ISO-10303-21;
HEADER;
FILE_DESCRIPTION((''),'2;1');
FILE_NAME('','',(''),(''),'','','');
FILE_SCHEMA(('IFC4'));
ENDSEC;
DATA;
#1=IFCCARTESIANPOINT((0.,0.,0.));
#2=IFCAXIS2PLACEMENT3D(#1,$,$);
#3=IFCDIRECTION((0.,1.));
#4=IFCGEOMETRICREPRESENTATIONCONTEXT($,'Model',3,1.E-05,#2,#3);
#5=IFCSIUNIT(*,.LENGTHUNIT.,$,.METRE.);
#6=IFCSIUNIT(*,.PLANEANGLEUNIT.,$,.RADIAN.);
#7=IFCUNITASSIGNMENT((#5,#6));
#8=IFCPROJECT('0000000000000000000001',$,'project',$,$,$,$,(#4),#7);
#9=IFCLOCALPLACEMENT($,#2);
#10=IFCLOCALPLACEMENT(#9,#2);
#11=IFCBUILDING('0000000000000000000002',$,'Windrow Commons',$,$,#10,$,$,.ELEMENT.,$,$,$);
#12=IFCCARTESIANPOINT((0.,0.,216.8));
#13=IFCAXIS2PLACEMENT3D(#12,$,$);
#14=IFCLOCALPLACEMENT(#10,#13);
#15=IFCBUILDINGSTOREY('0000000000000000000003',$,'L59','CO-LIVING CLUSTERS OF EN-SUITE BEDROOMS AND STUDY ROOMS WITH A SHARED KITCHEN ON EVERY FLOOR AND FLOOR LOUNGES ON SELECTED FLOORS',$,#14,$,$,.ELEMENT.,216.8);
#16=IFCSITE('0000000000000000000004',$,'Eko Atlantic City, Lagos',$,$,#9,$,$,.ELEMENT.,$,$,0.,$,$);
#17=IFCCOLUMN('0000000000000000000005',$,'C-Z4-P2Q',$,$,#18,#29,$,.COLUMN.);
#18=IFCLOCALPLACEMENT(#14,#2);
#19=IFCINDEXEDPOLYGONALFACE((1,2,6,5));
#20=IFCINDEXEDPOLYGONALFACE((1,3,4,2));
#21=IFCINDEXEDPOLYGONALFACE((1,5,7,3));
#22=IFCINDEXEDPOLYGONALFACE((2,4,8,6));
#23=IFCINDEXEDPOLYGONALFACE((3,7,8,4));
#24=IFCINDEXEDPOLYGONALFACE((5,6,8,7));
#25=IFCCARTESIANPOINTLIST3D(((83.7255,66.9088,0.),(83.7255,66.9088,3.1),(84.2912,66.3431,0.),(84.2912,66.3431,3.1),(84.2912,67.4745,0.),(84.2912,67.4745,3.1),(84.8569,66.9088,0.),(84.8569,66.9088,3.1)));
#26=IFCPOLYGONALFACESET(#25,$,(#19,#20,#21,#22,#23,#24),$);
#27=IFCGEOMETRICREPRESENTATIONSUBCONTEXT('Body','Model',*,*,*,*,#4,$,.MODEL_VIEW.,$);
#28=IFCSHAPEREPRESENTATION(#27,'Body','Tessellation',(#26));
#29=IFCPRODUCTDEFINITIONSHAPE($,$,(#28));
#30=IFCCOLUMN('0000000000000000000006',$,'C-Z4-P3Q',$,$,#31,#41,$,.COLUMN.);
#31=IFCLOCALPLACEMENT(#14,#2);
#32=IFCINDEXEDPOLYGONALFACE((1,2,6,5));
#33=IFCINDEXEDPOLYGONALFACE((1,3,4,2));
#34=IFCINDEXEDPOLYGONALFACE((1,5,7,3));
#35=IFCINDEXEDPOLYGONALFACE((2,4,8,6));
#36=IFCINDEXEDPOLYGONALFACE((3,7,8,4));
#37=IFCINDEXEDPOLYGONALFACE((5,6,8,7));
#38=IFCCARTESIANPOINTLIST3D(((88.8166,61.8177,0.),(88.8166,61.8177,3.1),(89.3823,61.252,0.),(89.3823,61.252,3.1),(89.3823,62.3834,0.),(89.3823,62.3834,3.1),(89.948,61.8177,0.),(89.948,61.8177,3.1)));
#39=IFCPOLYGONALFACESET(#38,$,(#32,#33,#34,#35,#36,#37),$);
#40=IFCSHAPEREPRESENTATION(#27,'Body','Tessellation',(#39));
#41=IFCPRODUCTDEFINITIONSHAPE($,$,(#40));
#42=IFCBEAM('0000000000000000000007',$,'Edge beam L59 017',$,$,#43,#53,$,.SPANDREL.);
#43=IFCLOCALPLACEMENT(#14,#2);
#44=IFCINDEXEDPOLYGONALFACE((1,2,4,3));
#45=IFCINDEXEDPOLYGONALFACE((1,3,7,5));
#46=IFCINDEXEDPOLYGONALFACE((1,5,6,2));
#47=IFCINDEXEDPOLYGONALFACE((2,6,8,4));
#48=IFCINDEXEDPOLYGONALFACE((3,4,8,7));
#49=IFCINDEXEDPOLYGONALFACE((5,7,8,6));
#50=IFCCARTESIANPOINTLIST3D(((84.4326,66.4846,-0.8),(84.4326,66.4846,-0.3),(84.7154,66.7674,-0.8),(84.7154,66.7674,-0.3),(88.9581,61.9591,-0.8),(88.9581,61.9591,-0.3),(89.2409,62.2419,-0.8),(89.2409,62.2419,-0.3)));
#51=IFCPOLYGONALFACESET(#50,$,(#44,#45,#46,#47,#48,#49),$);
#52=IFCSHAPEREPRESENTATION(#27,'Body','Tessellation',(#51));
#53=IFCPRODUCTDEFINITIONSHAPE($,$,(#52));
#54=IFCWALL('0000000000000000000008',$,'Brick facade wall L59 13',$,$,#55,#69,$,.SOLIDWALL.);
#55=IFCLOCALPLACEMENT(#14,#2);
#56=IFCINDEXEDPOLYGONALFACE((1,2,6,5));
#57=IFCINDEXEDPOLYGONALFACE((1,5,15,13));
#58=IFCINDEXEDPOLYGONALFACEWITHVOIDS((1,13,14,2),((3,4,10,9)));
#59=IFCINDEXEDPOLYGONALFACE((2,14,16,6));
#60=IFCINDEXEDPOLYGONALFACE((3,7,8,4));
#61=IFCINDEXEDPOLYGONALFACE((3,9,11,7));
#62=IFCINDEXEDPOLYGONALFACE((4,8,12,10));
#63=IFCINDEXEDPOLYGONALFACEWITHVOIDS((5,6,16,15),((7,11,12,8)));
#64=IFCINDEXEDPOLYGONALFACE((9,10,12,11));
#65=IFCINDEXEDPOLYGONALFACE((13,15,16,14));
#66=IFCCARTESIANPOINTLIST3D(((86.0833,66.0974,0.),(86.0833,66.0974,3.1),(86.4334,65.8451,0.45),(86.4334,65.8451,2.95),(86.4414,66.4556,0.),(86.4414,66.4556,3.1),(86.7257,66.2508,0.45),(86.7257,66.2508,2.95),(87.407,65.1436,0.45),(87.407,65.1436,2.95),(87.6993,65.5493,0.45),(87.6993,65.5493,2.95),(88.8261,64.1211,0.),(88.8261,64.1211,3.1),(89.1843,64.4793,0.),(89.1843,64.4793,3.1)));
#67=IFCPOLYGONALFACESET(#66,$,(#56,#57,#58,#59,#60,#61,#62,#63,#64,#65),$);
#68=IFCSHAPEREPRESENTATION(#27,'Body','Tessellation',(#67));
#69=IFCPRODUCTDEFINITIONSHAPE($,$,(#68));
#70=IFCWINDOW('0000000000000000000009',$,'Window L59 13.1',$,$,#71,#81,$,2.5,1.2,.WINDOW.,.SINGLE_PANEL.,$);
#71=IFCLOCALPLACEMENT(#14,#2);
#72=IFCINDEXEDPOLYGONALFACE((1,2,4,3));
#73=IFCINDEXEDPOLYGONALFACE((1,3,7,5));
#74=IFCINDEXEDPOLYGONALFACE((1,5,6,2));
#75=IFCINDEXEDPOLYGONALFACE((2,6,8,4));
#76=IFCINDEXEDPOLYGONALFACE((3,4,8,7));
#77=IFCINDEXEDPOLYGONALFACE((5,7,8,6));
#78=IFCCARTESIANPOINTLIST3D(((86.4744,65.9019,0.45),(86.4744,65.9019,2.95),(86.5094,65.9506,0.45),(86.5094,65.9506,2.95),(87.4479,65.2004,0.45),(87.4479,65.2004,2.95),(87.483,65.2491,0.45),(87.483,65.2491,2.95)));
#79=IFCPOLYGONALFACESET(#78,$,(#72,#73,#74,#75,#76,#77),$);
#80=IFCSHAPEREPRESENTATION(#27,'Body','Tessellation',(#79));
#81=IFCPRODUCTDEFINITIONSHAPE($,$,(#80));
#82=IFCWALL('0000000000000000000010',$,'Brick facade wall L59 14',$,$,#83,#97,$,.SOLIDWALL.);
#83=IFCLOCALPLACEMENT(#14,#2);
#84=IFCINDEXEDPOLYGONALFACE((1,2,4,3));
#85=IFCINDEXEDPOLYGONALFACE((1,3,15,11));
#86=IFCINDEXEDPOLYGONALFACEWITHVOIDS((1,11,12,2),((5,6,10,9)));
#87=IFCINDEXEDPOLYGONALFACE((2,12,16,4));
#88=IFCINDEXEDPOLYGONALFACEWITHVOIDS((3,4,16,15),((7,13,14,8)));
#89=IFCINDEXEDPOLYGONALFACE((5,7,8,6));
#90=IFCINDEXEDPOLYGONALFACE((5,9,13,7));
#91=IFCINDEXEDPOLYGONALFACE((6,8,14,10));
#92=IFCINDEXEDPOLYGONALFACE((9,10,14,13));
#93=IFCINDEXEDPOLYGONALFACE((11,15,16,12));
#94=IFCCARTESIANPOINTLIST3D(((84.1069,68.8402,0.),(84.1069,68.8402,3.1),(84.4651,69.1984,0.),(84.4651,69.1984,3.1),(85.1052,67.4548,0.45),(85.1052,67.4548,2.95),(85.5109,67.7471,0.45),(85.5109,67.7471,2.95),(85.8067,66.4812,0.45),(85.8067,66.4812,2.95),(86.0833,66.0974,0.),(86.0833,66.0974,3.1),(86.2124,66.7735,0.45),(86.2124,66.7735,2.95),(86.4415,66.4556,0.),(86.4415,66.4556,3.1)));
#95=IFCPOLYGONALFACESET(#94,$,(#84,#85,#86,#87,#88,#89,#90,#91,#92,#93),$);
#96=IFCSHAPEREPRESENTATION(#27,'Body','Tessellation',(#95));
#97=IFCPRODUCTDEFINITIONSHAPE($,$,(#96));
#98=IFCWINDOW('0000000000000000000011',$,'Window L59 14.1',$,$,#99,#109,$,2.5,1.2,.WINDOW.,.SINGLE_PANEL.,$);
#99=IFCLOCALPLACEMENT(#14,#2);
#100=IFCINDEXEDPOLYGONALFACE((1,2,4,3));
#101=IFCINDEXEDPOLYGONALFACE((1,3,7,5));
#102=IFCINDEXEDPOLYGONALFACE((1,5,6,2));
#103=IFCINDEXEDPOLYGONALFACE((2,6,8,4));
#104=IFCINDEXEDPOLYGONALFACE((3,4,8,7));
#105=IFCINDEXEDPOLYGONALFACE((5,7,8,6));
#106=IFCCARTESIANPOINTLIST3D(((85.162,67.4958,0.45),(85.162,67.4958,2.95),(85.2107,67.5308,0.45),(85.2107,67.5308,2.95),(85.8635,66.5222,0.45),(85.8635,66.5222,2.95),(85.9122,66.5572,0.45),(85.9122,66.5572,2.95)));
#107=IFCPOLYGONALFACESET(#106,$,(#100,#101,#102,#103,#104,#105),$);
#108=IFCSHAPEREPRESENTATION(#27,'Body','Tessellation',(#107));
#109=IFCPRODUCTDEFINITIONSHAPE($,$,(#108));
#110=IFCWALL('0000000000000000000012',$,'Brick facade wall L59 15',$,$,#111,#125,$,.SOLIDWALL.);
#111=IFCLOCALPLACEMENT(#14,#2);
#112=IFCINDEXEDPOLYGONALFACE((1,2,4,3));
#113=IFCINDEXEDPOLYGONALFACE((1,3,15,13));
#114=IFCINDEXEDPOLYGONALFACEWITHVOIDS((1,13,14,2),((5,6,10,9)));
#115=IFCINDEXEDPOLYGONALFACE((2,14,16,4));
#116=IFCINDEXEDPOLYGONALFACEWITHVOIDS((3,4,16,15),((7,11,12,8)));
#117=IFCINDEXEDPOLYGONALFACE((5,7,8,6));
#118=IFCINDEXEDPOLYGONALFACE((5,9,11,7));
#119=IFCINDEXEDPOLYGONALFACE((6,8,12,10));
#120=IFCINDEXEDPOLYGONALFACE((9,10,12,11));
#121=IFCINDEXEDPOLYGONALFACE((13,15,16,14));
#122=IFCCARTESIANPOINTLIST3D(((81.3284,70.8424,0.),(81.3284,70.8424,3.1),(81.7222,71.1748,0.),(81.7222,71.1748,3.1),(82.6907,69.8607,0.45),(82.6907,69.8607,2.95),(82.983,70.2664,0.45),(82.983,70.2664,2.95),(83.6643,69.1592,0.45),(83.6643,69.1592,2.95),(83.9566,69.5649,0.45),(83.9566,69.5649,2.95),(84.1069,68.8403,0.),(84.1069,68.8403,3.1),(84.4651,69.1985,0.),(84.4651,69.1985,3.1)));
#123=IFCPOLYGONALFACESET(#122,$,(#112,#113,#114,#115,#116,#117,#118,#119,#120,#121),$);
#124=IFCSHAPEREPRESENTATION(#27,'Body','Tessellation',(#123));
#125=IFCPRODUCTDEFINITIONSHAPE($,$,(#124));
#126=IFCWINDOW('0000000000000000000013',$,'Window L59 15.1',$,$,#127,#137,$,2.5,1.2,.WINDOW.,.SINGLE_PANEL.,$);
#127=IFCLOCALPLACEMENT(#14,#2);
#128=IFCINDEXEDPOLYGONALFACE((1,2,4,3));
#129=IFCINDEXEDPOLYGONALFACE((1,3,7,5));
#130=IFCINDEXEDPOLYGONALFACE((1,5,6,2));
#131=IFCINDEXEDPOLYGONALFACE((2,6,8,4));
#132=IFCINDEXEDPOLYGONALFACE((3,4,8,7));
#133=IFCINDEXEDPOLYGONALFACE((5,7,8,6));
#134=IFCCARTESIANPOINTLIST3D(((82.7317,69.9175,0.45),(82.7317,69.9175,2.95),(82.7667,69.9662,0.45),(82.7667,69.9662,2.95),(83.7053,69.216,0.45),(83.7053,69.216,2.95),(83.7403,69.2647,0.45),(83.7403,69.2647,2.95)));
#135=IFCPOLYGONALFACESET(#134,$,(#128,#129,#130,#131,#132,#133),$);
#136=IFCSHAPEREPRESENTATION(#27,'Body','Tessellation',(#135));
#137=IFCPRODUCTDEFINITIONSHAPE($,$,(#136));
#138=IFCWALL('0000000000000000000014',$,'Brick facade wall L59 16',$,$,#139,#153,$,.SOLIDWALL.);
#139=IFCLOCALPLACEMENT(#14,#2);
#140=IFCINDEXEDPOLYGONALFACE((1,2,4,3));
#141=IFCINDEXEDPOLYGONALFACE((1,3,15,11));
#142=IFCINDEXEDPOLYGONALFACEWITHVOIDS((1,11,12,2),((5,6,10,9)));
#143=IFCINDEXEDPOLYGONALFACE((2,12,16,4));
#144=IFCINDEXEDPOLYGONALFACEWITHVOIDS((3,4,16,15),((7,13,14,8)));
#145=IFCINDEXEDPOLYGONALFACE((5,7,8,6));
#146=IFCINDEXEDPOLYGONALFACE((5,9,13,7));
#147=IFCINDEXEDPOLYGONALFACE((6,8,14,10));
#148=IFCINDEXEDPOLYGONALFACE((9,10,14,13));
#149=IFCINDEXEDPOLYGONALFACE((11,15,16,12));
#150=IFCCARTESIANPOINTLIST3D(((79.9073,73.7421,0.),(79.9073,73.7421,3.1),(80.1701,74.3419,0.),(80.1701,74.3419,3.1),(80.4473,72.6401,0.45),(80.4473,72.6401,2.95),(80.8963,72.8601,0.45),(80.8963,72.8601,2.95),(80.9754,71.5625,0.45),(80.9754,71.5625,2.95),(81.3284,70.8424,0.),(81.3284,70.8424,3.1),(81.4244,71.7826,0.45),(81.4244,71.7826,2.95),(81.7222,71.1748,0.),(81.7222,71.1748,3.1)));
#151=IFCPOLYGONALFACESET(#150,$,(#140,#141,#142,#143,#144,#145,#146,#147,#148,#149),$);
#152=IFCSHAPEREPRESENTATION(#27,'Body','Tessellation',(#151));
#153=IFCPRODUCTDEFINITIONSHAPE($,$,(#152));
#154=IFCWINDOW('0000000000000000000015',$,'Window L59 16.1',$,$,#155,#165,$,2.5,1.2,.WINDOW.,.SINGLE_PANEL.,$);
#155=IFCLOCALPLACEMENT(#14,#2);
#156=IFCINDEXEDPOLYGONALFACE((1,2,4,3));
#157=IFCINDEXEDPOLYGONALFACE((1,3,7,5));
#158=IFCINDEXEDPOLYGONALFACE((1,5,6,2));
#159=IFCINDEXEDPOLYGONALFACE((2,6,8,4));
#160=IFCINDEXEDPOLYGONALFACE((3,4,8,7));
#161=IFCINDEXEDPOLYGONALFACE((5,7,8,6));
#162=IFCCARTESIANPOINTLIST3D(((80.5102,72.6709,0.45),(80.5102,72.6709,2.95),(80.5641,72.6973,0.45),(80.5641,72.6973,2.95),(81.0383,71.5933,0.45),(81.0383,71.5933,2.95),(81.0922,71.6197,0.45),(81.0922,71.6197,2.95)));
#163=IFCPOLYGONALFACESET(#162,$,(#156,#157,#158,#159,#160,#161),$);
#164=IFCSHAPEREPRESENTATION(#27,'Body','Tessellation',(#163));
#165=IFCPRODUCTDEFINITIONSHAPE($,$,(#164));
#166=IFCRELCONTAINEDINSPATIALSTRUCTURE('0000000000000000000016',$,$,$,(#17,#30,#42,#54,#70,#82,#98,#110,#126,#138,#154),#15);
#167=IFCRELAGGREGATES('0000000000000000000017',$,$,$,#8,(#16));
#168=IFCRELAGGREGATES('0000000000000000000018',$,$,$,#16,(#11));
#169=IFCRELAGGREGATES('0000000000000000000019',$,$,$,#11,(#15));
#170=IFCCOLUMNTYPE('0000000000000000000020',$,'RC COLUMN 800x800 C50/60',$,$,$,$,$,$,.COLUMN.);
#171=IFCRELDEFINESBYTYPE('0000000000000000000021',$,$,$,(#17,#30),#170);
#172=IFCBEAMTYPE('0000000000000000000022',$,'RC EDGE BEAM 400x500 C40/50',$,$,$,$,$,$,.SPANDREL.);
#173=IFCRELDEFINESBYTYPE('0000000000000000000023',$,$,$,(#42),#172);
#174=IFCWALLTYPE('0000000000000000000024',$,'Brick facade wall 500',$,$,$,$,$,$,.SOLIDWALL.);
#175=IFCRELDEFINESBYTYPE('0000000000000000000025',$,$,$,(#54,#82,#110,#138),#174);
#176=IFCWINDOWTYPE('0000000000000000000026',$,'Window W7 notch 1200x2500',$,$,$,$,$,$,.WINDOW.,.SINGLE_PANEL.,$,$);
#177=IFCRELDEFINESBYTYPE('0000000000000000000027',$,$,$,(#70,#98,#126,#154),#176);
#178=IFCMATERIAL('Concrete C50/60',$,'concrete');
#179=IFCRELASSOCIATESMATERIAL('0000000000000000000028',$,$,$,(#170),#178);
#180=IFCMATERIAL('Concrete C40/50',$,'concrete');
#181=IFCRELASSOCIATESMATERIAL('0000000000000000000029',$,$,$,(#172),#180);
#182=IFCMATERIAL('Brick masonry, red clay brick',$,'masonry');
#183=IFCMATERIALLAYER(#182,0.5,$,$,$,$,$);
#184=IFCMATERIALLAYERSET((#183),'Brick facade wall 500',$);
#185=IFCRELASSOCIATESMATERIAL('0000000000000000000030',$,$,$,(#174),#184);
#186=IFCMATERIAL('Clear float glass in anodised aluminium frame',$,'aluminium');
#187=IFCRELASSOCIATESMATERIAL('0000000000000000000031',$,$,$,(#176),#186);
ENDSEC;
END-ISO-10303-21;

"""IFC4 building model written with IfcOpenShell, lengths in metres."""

from ifc_helpers import new_model, si_unit, direction, frame, frame_2d, origin, origin_2d, place, context, subcontext, project, spatial, polyline, rectangle, outline, extrude, material, layer, layer_set, material_profile, profile_set, type_object, element, fill, save


model = new_model("IFC4")

# Units and contexts
model_context = context("Model", 3, precision=1e-05, world=origin(), true_north=direction((0.0, 1.0)))
body_context = subcontext(model_context, "Body", "Model", "MODEL_VIEW")
ifc_project = project(units=[si_unit("LENGTHUNIT", "METRE"), si_unit("PLANEANGLEUNIT", "RADIAN")], contexts=[model_context])

# Site, building, storey
site_placement = place(None, origin())
site = spatial("IfcSite", under=ifc_project, at=site_placement, Name="Eko Atlantic City, Lagos", CompositionType="ELEMENT", RefElevation=0.0)
building_placement = place(site_placement, origin())
building = spatial("IfcBuilding", under=site, at=building_placement, Name="Windrow Commons", CompositionType="ELEMENT")
storey_placement = place(building_placement, frame((0.0, 0.0, 216.8)))
storey = spatial("IfcBuildingStorey", under=building, at=storey_placement, Name="L59", Description="CO-LIVING CLUSTERS OF EN-SUITE BEDROOMS AND STUDY ROOMS WITH A SHARED KITCHEN ON EVERY FLOOR AND FLOOR LOUNGES ON SELECTED FLOORS", CompositionType="ELEMENT", Elevation=216.8)

# Columns
ifc_material_1 = material(Name="Concrete C50/60", Category="concrete")
ifc_material_profile_1 = material_profile(ifc_material_1, rectangle(XDim=0.8, YDim=0.8, at=origin_2d()))
ifc_profile_set_1 = profile_set([ifc_material_profile_1], Name="Concrete C50/60")
column_type = type_object("IfcColumnType", Name="RC COLUMN 800x800 C50/60", PredefinedType="COLUMN", material=ifc_profile_set_1)
for number, where, z_axis, x_axis, name in (
    (1, (84.2912, 66.9088, 0.0), (0.0, 0.0, 1.0), (0.707107, -0.707107, 0.0), "C-Z4-P2Q"),
    (2, (89.3823, 61.8177, 0.0), (0.0, 0.0, 1.0), (0.707107, -0.707107, 0.0), "C-Z4-P3Q"),
):
    element("IfcColumn", number, at=place(storey_placement, frame(where, z_axis=z_axis, x_axis=x_axis)), inside=storey, type_object=column_type, Name=name, PredefinedType="COLUMN", context=body_context, shape_type="SweptSolid", body=[
        extrude(rectangle(XDim=0.8, YDim=0.8, at=origin_2d()), origin(), (0.0, 0.0, 1.0), 3.1),
    ])

# Beam
ifc_material_2 = material(Name="Concrete C40/50", Category="concrete")
ifc_material_profile_2 = material_profile(ifc_material_2, rectangle(XDim=0.4, YDim=0.5, at=origin_2d()))
ifc_profile_set_2 = profile_set([ifc_material_profile_2], Name="Concrete C40/50")
beam_type = type_object("IfcBeamType", Name="RC EDGE BEAM 400x500 C40/50", PredefinedType="SPANDREL", material=ifc_profile_set_2)
beam_placement = place(storey_placement, frame((84.574, 66.626, -0.55), z_axis=(0.707107, -0.707107, 0.0), x_axis=(0.707107, 0.707107, 0.0)))
element("IfcBeam", 3, at=beam_placement, inside=storey, type_object=beam_type, Name="Edge beam L59 017", PredefinedType="SPANDREL", context=body_context, shape_type="SweptSolid", body=[
    extrude(rectangle(XDim=0.4, YDim=0.5, at=origin_2d()), origin(), (0.0, 0.0, 1.0), 6.4),
])

# Walls, openings, windows
ifc_material_3 = material(Name="Brick masonry, red clay brick", Category="masonry")
ifc_layer_1 = layer(ifc_material_3, 0.5)
ifc_layer_set_1 = layer_set([ifc_layer_1], Name="Brick facade wall 500")
wall_type_1 = type_object("IfcWallType", Name="Brick facade wall 500", PredefinedType="SOLIDWALL", material=ifc_layer_set_1)
wall_1_placement = place(storey_placement, frame((89.0052, 64.3002, 0.0), z_axis=(0.0, 0.0, 1.0), x_axis=(-0.811326, 0.584594, 0.0)))
wall_1 = element("IfcWall", 4, at=wall_1_placement, inside=storey, type_object=wall_type_1, Name="Brick facade wall L59 13", PredefinedType="SOLIDWALL", context=body_context, shape_type="SweptSolid", body=[
    extrude(outline(polyline([(-0.0406, -0.25), (3.3401, -0.25), (3.4213, 0.25), (0.0406, 0.25), (-0.0406, -0.25)])), origin(), (0.0, 0.0, 1.0), 3.1),
])
opening_1_placement = place(wall_1_placement, frame((1.7897, 0.0, 0.45)))
opening_1 = element("IfcOpeningElement", 5, at=opening_1_placement, cuts=wall_1, PredefinedType="OPENING", context=body_context, shape_type="SweptSolid", body=[
    extrude(rectangle(XDim=1.2, YDim=2.5, at=frame_2d((0.6, 1.25))), frame((0.0, 0.26, 0.0), z_axis=(0.0, -1.0, 0.0), x_axis=(1.0, 0.0, 0.0)), (0.0, 0.0, 1.0), 0.52),
])
ifc_material_4 = material(Name="Clear float glass in anodised aluminium frame", Category="aluminium")
window_type = type_object("IfcWindowType", Name="Window W7 notch 1200x2500", PartitioningType="SINGLE_PANEL", PredefinedType="WINDOW", material=ifc_material_4)
window_1_placement = place(opening_1_placement, origin())
window_1 = element("IfcWindow", 6, at=window_1_placement, inside=storey, type_object=window_type, Name="Window L59 13.1", OverallHeight=2.5, OverallWidth=1.2, PartitioningType="SINGLE_PANEL", PredefinedType="WINDOW", context=body_context, shape_type="SweptSolid", body=[
    extrude(rectangle(XDim=1.2, YDim=2.5, at=frame_2d((0.6, 1.25))), frame((0.0, 0.18, 0.0), z_axis=(0.0, -1.0, 0.0), x_axis=(1.0, 0.0, 0.0)), (0.0, 0.0, 1.0), 0.06),
])
fill(opening_1, window_1)
wall_2_placement = place(storey_placement, frame((86.2624, 66.2765, 0.0), z_axis=(0.0, 0.0, 1.0), x_axis=(-0.584599, 0.811322, 0.0)))
wall_2 = element("IfcWall", 7, at=wall_2_placement, inside=storey, type_object=wall_type_1, Name="Brick facade wall L59 14", PredefinedType="SOLIDWALL", context=body_context, shape_type="SweptSolid", body=[
    extrude(outline(polyline([(0.0406, -0.25), (3.4213, -0.25), (3.3401, 0.25), (-0.0406, 0.25), (0.0406, -0.25)])), origin(), (0.0, 0.0, 1.0), 3.1),
])
opening_2_placement = place(wall_2_placement, frame((0.4325, 0.0, 0.45)))
opening_2 = element("IfcOpeningElement", 8, at=opening_2_placement, cuts=wall_2, PredefinedType="OPENING", context=body_context, shape_type="SweptSolid", body=[
    extrude(rectangle(XDim=1.2, YDim=2.5, at=frame_2d((0.6, 1.25))), frame((0.0, 0.26, 0.0), z_axis=(0.0, -1.0, 0.0), x_axis=(1.0, 0.0, 0.0)), (0.0, 0.0, 1.0), 0.52),
])
window_2_placement = place(opening_2_placement, origin())
window_2 = element("IfcWindow", 9, at=window_2_placement, inside=storey, type_object=window_type, Name="Window L59 14.1", OverallHeight=2.5, OverallWidth=1.2, PartitioningType="SINGLE_PANEL", PredefinedType="WINDOW", context=body_context, shape_type="SweptSolid", body=[
    extrude(rectangle(XDim=1.2, YDim=2.5, at=frame_2d((0.6, 1.25))), frame((0.0, 0.18, 0.0), z_axis=(0.0, -1.0, 0.0), x_axis=(1.0, 0.0, 0.0)), (0.0, 0.0, 1.0), 0.06),
])
fill(opening_2, window_2)
wall_3_placement = place(storey_placement, frame((84.286, 69.0194, 0.0), z_axis=(0.0, 0.0, 1.0), x_axis=(-0.811326, 0.584594, 0.0)))
wall_3 = element("IfcWall", 10, at=wall_3_placement, inside=storey, type_object=wall_type_1, Name="Brick facade wall L59 15", PredefinedType="SOLIDWALL", context=body_context, shape_type="SweptSolid", body=[
    extrude(outline(polyline([(-0.0406, -0.25), (3.3401, -0.25), (3.4653, 0.25), (0.0406, 0.25), (-0.0406, -0.25)])), origin(), (0.0, 0.0, 1.0), 3.1),
])
opening_3_placement = place(wall_3_placement, frame((0.5861, 0.0, 0.45)))
opening_3 = element("IfcOpeningElement", 11, at=opening_3_placement, cuts=wall_3, PredefinedType="OPENING", context=body_context, shape_type="SweptSolid", body=[
    extrude(rectangle(XDim=1.2, YDim=2.5, at=frame_2d((0.6, 1.25))), frame((0.0, 0.26, 0.0), z_axis=(0.0, -1.0, 0.0), x_axis=(1.0, 0.0, 0.0)), (0.0, 0.0, 1.0), 0.52),
])
window_3_placement = place(opening_3_placement, origin())
window_3 = element("IfcWindow", 12, at=window_3_placement, inside=storey, type_object=window_type, Name="Window L59 15.1", OverallHeight=2.5, OverallWidth=1.2, PartitioningType="SINGLE_PANEL", PredefinedType="WINDOW", context=body_context, shape_type="SweptSolid", body=[
    extrude(rectangle(XDim=1.2, YDim=2.5, at=frame_2d((0.6, 1.25))), frame((0.0, 0.18, 0.0), z_axis=(0.0, -1.0, 0.0), x_axis=(1.0, 0.0, 0.0)), (0.0, 0.0, 1.0), 0.06),
])
fill(opening_3, window_3)
wall_4_placement = place(storey_placement, frame((81.5253, 71.0086, 0.0), z_axis=(0.0, 0.0, 1.0), x_axis=(-0.440071, 0.897963, 0.0)))
wall_4 = element("IfcWall", 13, at=wall_4_placement, inside=storey, type_object=wall_type_1, Name="Brick facade wall L59 16", PredefinedType="SOLIDWALL", context=body_context, shape_type="SweptSolid", body=[
    extrude(outline(polyline([(0.0626, -0.25), (3.5896, -0.25), (3.1666, 0.25), (-0.0626, 0.25), (0.0626, -0.25)])), origin(), (0.0, 0.0, 1.0), 3.1),
])
opening_4_placement = place(wall_4_placement, frame((0.7394, 0.0, 0.45)))
opening_4 = element("IfcOpeningElement", 14, at=opening_4_placement, cuts=wall_4, PredefinedType="OPENING", context=body_context, shape_type="SweptSolid", body=[
    extrude(rectangle(XDim=1.2, YDim=2.5, at=frame_2d((0.6, 1.25))), frame((0.0, 0.26, 0.0), z_axis=(0.0, -1.0, 0.0), x_axis=(1.0, 0.0, 0.0)), (0.0, 0.0, 1.0), 0.52),
])
window_4_placement = place(opening_4_placement, origin())
window_4 = element("IfcWindow", 15, at=window_4_placement, inside=storey, type_object=window_type, Name="Window L59 16.1", OverallHeight=2.5, OverallWidth=1.2, PartitioningType="SINGLE_PANEL", PredefinedType="WINDOW", context=body_context, shape_type="SweptSolid", body=[
    extrude(rectangle(XDim=1.2, YDim=2.5, at=frame_2d((0.6, 1.25))), frame((0.0, 0.18, 0.0), z_axis=(0.0, -1.0, 0.0), x_axis=(1.0, 0.0, 0.0)), (0.0, 0.0, 1.0), 0.06),
])
fill(opening_4, window_4)

save(model, "model.ifc")
